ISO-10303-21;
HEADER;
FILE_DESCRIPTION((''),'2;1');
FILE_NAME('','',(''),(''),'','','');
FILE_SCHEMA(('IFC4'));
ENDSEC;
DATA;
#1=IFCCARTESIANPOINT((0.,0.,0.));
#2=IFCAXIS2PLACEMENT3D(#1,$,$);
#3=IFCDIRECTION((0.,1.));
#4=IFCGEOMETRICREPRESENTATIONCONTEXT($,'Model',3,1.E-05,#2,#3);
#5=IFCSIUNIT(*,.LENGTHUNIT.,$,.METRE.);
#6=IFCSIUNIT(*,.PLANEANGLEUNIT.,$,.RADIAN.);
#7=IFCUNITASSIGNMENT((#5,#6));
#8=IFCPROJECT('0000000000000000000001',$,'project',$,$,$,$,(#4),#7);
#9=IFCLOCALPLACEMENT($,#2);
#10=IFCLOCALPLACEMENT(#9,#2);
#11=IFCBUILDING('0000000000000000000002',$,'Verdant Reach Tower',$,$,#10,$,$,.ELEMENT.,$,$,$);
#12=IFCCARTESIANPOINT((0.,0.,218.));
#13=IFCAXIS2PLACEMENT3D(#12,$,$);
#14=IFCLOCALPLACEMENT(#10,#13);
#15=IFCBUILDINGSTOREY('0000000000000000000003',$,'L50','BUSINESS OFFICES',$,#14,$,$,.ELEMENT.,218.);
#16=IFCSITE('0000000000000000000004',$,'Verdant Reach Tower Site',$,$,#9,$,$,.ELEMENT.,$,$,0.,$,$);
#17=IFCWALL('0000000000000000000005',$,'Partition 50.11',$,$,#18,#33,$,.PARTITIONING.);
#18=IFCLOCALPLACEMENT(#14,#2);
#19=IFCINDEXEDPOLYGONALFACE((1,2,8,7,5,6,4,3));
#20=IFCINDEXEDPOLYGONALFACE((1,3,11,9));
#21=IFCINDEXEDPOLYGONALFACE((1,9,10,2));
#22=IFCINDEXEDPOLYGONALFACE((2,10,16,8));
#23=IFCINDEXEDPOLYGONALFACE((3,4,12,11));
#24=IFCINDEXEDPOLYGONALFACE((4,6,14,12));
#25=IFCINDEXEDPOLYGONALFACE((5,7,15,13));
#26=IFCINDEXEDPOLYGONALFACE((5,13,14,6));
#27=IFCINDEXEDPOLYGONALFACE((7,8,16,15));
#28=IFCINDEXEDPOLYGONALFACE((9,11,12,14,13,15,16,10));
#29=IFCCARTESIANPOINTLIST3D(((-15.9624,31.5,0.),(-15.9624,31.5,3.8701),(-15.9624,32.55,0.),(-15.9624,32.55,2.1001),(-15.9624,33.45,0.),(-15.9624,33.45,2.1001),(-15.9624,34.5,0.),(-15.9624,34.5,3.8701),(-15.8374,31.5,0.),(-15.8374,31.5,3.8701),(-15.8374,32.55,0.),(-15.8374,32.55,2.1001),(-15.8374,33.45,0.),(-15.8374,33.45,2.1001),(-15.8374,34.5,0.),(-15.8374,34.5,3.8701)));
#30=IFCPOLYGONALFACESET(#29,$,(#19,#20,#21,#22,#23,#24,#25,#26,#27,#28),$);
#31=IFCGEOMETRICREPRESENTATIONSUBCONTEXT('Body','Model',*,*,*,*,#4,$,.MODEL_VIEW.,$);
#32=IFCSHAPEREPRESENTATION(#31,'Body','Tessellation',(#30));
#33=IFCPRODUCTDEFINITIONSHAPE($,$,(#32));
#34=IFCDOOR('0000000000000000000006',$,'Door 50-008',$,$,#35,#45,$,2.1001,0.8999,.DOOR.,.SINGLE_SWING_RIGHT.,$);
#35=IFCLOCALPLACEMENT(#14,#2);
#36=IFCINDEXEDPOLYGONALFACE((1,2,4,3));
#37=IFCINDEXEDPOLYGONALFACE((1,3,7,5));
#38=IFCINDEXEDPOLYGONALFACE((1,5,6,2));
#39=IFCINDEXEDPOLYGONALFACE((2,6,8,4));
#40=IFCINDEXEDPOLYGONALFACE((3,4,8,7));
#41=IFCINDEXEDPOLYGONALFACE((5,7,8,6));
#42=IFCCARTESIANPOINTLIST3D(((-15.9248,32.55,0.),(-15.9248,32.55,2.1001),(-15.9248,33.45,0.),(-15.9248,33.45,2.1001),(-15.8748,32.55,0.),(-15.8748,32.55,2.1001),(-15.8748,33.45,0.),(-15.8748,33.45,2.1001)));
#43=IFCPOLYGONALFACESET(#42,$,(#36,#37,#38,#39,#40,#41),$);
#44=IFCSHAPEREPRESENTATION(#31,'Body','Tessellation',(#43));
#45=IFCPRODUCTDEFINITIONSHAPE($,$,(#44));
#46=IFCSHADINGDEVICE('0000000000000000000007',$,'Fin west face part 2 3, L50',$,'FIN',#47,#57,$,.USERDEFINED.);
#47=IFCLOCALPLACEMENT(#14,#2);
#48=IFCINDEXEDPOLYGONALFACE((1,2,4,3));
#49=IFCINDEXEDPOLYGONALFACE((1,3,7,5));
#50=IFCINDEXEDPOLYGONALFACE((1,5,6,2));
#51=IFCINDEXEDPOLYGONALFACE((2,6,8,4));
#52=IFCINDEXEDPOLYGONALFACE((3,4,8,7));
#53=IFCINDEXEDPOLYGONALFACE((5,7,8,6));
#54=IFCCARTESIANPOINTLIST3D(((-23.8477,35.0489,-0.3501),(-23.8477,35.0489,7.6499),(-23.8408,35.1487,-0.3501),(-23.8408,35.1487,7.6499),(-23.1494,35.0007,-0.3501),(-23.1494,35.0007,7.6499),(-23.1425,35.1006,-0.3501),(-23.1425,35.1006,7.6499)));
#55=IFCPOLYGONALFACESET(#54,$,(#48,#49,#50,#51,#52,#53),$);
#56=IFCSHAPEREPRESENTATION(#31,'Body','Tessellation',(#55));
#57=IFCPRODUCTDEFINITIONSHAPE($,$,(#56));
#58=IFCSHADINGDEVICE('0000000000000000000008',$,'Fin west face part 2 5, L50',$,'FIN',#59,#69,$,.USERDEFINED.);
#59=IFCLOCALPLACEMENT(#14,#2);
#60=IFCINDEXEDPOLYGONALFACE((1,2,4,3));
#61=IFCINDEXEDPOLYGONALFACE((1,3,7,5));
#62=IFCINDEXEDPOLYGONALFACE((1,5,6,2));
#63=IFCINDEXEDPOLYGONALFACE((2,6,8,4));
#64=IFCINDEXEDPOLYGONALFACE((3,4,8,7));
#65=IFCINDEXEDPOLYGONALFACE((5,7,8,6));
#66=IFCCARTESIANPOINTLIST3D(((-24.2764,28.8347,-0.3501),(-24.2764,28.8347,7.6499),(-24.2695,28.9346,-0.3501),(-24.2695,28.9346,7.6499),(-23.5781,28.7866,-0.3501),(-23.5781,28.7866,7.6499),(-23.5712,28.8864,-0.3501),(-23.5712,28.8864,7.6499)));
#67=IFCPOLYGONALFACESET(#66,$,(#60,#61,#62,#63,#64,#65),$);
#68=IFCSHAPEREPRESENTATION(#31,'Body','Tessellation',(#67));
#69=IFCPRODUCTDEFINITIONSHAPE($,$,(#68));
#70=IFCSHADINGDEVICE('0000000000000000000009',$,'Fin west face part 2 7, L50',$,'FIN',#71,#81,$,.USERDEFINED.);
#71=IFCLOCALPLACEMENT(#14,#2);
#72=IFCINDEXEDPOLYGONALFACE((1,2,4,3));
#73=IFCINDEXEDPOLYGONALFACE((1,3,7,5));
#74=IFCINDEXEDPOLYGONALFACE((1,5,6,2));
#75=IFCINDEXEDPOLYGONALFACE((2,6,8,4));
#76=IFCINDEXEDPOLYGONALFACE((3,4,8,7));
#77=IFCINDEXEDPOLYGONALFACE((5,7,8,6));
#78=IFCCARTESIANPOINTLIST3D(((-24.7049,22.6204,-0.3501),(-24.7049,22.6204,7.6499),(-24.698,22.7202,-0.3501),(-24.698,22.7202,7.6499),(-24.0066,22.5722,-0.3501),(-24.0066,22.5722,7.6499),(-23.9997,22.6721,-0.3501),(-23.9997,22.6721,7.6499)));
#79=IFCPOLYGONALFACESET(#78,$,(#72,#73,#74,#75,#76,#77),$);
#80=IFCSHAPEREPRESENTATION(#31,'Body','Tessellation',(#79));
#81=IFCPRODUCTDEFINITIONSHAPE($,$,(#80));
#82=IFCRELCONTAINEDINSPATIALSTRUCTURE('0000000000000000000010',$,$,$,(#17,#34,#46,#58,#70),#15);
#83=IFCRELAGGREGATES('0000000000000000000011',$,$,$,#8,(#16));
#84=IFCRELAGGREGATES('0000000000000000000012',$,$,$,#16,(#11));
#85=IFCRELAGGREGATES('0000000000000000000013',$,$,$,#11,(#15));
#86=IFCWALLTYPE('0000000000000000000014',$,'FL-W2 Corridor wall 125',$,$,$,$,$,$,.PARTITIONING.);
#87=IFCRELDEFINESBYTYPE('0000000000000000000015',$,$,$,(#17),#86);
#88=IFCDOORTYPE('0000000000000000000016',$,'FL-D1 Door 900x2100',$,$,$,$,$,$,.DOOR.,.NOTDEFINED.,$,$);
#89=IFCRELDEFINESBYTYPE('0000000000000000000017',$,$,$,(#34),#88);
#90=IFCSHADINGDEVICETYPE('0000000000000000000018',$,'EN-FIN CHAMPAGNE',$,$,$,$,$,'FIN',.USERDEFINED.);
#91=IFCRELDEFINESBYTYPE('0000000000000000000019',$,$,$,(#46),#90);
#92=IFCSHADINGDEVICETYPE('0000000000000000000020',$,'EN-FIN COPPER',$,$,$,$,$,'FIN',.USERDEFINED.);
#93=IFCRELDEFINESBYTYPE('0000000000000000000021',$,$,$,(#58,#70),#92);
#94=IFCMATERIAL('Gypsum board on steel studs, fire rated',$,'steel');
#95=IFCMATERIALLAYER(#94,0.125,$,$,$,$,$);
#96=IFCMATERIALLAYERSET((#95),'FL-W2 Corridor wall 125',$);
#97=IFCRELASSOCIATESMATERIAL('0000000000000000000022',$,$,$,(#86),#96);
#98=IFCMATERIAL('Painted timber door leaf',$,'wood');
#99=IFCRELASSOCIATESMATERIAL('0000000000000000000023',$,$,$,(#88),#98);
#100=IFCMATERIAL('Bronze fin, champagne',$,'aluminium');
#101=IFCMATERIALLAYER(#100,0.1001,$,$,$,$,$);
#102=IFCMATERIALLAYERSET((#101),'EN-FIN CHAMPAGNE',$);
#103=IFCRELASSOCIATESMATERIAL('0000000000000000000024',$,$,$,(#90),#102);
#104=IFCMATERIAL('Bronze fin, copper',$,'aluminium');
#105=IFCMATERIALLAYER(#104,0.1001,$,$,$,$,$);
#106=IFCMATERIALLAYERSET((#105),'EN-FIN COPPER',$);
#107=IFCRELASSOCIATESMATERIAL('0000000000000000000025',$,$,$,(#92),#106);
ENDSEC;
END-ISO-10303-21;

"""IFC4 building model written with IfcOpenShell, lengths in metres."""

from ifc_helpers import new_model, si_unit, direction, frame, frame_2d, origin, origin_2d, place, context, subcontext, project, spatial, rectangle, extrude, material, layer, layer_set, type_object, element, fill, save


model = new_model("IFC4")

# Units and contexts
model_context = context("Model", 3, precision=1e-05, world=origin(), true_north=direction((0.0, 1.0)))
body_context = subcontext(model_context, "Body", "Model", "MODEL_VIEW")
ifc_project = project(units=[si_unit("LENGTHUNIT", "METRE"), si_unit("PLANEANGLEUNIT", "RADIAN")], contexts=[model_context])

# Site, building, storey
site_placement = place(None, origin())
site = spatial("IfcSite", under=ifc_project, at=site_placement, Name="Verdant Reach Tower Site", CompositionType="ELEMENT", RefElevation=0.0)
building_placement = place(site_placement, origin())
building = spatial("IfcBuilding", under=site, at=building_placement, Name="Verdant Reach Tower", CompositionType="ELEMENT")
storey_placement = place(building_placement, frame((0.0, 0.0, 218.0)))
storey = spatial("IfcBuildingStorey", under=building, at=storey_placement, Name="L50", Description="BUSINESS OFFICES", CompositionType="ELEMENT", Elevation=218.0)

# Wall, opening, door
ifc_material_1 = material(Name="Gypsum board on steel studs, fire rated", Category="steel")
ifc_layer_1 = layer(ifc_material_1, 0.125)
ifc_layer_set_1 = layer_set([ifc_layer_1], Name="FL-W2 Corridor wall 125")
wall_type_1 = type_object("IfcWallType", Name="FL-W2 Corridor wall 125", PredefinedType="PARTITIONING", material=ifc_layer_set_1)
ifc_material_2 = material(Name="Painted timber door leaf", Category="wood")
door_type_1 = type_object("IfcDoorType", Name="FL-D1 Door 900x2100", OperationType="NOTDEFINED", PredefinedType="DOOR", material=ifc_material_2)
wall_1_placement = place(storey_placement, frame((-15.8999, 31.5, 0.0), z_axis=(0.0, 0.0, 1.0), x_axis=(0.0, 1.0, 0.0)))
wall_1 = element("IfcWall", 1, at=wall_1_placement, inside=storey, type_object=wall_type_1, Name="Partition 50.11", PredefinedType="PARTITIONING", context=body_context, shape_type="SweptSolid", body=[
    extrude(rectangle(XDim=3.0, YDim=0.125, at=frame_2d((1.5, 0.0))), origin(), (0.0, 0.0, 1.0), 3.8701),
])
opening_1_placement = place(wall_1_placement, frame((1.05, 0.0, 0.0)))
opening_1 = element("IfcOpeningElement", 2, at=opening_1_placement, cuts=wall_1, PredefinedType="OPENING", context=body_context, shape_type="SweptSolid", body=[
    extrude(rectangle(XDim=0.8999, YDim=2.1001, at=frame_2d((0.45, 1.05))), frame((0.0, 0.0725, 0.0), z_axis=(0.0, -1.0, 0.0), x_axis=(1.0, 0.0, 0.0)), (0.0, 0.0, 1.0), 0.145),
])
door_1_placement = place(opening_1_placement, origin())
door_1 = element("IfcDoor", 3, at=door_1_placement, inside=storey, type_object=door_type_1, Name="Door 50-008", OperationType="SINGLE_SWING_RIGHT", OverallHeight=2.1001, OverallWidth=0.8999, PredefinedType="DOOR", context=body_context, shape_type="SweptSolid", body=[
    extrude(rectangle(XDim=0.8999, YDim=2.1001, at=frame_2d((0.45, 1.05))), frame((0.0, 0.0249, 0.0), z_axis=(0.0, -1.0, 0.0), x_axis=(1.0, 0.0, 0.0)), (0.0, 0.0, 1.0), 0.05),
])
fill(opening_1, door_1)

# Shading devices
ifc_material_3 = material(Name="Bronze fin, champagne", Category="aluminium")
ifc_layer_2 = layer(ifc_material_3, 0.1001)
ifc_layer_set_2 = layer_set([ifc_layer_2], Name="EN-FIN CHAMPAGNE")
shading_device_type_1 = type_object("IfcShadingDeviceType", Name="EN-FIN CHAMPAGNE", ElementType="FIN", PredefinedType="USERDEFINED", material=ifc_layer_set_2)
shading_device_placement = place(storey_placement, frame((-23.4951, 35.0747, -0.3501), z_axis=(0.0, 0.0, 1.0), x_axis=(-0.068802, -0.99763, 0.0)))
element("IfcShadingDevice", 4, at=shading_device_placement, inside=storey, type_object=shading_device_type_1, Name="Fin west face part 2 3, L50", ObjectType="FIN", PredefinedType="USERDEFINED", context=body_context, shape_type="SweptSolid", body=[
    extrude(rectangle(XDim=0.1001, YDim=0.7, at=origin_2d()), origin(), (0.0, 0.0, 1.0), 8.0),
])
ifc_material_4 = material(Name="Bronze fin, copper", Category="aluminium")
ifc_layer_3 = layer(ifc_material_4, 0.1001)
ifc_layer_set_3 = layer_set([ifc_layer_3], Name="EN-FIN COPPER")
shading_device_type_2 = type_object("IfcShadingDeviceType", Name="EN-FIN COPPER", ElementType="FIN", PredefinedType="USERDEFINED", material=ifc_layer_set_3)
for number, where, z_axis, x_axis, name in (
    (5, (-23.9238, 28.8606, -0.3501), (0.0, 0.0, 1.0), (-0.068802, -0.99763, 0.0), "Fin west face part 2 5, L50"),
    (6, (-24.3523, 22.6462, -0.3501), (0.0, 0.0, 1.0), (-0.068802, -0.99763, 0.0), "Fin west face part 2 7, L50"),
):
    element("IfcShadingDevice", number, at=place(storey_placement, frame(where, z_axis=z_axis, x_axis=x_axis)), inside=storey, type_object=shading_device_type_2, Name=name, ObjectType="FIN", PredefinedType="USERDEFINED", context=body_context, shape_type="SweptSolid", body=[
        extrude(rectangle(XDim=0.1001, YDim=0.7, at=origin_2d()), origin(), (0.0, 0.0, 1.0), 8.0),
    ])

save(model, "model.ifc")
